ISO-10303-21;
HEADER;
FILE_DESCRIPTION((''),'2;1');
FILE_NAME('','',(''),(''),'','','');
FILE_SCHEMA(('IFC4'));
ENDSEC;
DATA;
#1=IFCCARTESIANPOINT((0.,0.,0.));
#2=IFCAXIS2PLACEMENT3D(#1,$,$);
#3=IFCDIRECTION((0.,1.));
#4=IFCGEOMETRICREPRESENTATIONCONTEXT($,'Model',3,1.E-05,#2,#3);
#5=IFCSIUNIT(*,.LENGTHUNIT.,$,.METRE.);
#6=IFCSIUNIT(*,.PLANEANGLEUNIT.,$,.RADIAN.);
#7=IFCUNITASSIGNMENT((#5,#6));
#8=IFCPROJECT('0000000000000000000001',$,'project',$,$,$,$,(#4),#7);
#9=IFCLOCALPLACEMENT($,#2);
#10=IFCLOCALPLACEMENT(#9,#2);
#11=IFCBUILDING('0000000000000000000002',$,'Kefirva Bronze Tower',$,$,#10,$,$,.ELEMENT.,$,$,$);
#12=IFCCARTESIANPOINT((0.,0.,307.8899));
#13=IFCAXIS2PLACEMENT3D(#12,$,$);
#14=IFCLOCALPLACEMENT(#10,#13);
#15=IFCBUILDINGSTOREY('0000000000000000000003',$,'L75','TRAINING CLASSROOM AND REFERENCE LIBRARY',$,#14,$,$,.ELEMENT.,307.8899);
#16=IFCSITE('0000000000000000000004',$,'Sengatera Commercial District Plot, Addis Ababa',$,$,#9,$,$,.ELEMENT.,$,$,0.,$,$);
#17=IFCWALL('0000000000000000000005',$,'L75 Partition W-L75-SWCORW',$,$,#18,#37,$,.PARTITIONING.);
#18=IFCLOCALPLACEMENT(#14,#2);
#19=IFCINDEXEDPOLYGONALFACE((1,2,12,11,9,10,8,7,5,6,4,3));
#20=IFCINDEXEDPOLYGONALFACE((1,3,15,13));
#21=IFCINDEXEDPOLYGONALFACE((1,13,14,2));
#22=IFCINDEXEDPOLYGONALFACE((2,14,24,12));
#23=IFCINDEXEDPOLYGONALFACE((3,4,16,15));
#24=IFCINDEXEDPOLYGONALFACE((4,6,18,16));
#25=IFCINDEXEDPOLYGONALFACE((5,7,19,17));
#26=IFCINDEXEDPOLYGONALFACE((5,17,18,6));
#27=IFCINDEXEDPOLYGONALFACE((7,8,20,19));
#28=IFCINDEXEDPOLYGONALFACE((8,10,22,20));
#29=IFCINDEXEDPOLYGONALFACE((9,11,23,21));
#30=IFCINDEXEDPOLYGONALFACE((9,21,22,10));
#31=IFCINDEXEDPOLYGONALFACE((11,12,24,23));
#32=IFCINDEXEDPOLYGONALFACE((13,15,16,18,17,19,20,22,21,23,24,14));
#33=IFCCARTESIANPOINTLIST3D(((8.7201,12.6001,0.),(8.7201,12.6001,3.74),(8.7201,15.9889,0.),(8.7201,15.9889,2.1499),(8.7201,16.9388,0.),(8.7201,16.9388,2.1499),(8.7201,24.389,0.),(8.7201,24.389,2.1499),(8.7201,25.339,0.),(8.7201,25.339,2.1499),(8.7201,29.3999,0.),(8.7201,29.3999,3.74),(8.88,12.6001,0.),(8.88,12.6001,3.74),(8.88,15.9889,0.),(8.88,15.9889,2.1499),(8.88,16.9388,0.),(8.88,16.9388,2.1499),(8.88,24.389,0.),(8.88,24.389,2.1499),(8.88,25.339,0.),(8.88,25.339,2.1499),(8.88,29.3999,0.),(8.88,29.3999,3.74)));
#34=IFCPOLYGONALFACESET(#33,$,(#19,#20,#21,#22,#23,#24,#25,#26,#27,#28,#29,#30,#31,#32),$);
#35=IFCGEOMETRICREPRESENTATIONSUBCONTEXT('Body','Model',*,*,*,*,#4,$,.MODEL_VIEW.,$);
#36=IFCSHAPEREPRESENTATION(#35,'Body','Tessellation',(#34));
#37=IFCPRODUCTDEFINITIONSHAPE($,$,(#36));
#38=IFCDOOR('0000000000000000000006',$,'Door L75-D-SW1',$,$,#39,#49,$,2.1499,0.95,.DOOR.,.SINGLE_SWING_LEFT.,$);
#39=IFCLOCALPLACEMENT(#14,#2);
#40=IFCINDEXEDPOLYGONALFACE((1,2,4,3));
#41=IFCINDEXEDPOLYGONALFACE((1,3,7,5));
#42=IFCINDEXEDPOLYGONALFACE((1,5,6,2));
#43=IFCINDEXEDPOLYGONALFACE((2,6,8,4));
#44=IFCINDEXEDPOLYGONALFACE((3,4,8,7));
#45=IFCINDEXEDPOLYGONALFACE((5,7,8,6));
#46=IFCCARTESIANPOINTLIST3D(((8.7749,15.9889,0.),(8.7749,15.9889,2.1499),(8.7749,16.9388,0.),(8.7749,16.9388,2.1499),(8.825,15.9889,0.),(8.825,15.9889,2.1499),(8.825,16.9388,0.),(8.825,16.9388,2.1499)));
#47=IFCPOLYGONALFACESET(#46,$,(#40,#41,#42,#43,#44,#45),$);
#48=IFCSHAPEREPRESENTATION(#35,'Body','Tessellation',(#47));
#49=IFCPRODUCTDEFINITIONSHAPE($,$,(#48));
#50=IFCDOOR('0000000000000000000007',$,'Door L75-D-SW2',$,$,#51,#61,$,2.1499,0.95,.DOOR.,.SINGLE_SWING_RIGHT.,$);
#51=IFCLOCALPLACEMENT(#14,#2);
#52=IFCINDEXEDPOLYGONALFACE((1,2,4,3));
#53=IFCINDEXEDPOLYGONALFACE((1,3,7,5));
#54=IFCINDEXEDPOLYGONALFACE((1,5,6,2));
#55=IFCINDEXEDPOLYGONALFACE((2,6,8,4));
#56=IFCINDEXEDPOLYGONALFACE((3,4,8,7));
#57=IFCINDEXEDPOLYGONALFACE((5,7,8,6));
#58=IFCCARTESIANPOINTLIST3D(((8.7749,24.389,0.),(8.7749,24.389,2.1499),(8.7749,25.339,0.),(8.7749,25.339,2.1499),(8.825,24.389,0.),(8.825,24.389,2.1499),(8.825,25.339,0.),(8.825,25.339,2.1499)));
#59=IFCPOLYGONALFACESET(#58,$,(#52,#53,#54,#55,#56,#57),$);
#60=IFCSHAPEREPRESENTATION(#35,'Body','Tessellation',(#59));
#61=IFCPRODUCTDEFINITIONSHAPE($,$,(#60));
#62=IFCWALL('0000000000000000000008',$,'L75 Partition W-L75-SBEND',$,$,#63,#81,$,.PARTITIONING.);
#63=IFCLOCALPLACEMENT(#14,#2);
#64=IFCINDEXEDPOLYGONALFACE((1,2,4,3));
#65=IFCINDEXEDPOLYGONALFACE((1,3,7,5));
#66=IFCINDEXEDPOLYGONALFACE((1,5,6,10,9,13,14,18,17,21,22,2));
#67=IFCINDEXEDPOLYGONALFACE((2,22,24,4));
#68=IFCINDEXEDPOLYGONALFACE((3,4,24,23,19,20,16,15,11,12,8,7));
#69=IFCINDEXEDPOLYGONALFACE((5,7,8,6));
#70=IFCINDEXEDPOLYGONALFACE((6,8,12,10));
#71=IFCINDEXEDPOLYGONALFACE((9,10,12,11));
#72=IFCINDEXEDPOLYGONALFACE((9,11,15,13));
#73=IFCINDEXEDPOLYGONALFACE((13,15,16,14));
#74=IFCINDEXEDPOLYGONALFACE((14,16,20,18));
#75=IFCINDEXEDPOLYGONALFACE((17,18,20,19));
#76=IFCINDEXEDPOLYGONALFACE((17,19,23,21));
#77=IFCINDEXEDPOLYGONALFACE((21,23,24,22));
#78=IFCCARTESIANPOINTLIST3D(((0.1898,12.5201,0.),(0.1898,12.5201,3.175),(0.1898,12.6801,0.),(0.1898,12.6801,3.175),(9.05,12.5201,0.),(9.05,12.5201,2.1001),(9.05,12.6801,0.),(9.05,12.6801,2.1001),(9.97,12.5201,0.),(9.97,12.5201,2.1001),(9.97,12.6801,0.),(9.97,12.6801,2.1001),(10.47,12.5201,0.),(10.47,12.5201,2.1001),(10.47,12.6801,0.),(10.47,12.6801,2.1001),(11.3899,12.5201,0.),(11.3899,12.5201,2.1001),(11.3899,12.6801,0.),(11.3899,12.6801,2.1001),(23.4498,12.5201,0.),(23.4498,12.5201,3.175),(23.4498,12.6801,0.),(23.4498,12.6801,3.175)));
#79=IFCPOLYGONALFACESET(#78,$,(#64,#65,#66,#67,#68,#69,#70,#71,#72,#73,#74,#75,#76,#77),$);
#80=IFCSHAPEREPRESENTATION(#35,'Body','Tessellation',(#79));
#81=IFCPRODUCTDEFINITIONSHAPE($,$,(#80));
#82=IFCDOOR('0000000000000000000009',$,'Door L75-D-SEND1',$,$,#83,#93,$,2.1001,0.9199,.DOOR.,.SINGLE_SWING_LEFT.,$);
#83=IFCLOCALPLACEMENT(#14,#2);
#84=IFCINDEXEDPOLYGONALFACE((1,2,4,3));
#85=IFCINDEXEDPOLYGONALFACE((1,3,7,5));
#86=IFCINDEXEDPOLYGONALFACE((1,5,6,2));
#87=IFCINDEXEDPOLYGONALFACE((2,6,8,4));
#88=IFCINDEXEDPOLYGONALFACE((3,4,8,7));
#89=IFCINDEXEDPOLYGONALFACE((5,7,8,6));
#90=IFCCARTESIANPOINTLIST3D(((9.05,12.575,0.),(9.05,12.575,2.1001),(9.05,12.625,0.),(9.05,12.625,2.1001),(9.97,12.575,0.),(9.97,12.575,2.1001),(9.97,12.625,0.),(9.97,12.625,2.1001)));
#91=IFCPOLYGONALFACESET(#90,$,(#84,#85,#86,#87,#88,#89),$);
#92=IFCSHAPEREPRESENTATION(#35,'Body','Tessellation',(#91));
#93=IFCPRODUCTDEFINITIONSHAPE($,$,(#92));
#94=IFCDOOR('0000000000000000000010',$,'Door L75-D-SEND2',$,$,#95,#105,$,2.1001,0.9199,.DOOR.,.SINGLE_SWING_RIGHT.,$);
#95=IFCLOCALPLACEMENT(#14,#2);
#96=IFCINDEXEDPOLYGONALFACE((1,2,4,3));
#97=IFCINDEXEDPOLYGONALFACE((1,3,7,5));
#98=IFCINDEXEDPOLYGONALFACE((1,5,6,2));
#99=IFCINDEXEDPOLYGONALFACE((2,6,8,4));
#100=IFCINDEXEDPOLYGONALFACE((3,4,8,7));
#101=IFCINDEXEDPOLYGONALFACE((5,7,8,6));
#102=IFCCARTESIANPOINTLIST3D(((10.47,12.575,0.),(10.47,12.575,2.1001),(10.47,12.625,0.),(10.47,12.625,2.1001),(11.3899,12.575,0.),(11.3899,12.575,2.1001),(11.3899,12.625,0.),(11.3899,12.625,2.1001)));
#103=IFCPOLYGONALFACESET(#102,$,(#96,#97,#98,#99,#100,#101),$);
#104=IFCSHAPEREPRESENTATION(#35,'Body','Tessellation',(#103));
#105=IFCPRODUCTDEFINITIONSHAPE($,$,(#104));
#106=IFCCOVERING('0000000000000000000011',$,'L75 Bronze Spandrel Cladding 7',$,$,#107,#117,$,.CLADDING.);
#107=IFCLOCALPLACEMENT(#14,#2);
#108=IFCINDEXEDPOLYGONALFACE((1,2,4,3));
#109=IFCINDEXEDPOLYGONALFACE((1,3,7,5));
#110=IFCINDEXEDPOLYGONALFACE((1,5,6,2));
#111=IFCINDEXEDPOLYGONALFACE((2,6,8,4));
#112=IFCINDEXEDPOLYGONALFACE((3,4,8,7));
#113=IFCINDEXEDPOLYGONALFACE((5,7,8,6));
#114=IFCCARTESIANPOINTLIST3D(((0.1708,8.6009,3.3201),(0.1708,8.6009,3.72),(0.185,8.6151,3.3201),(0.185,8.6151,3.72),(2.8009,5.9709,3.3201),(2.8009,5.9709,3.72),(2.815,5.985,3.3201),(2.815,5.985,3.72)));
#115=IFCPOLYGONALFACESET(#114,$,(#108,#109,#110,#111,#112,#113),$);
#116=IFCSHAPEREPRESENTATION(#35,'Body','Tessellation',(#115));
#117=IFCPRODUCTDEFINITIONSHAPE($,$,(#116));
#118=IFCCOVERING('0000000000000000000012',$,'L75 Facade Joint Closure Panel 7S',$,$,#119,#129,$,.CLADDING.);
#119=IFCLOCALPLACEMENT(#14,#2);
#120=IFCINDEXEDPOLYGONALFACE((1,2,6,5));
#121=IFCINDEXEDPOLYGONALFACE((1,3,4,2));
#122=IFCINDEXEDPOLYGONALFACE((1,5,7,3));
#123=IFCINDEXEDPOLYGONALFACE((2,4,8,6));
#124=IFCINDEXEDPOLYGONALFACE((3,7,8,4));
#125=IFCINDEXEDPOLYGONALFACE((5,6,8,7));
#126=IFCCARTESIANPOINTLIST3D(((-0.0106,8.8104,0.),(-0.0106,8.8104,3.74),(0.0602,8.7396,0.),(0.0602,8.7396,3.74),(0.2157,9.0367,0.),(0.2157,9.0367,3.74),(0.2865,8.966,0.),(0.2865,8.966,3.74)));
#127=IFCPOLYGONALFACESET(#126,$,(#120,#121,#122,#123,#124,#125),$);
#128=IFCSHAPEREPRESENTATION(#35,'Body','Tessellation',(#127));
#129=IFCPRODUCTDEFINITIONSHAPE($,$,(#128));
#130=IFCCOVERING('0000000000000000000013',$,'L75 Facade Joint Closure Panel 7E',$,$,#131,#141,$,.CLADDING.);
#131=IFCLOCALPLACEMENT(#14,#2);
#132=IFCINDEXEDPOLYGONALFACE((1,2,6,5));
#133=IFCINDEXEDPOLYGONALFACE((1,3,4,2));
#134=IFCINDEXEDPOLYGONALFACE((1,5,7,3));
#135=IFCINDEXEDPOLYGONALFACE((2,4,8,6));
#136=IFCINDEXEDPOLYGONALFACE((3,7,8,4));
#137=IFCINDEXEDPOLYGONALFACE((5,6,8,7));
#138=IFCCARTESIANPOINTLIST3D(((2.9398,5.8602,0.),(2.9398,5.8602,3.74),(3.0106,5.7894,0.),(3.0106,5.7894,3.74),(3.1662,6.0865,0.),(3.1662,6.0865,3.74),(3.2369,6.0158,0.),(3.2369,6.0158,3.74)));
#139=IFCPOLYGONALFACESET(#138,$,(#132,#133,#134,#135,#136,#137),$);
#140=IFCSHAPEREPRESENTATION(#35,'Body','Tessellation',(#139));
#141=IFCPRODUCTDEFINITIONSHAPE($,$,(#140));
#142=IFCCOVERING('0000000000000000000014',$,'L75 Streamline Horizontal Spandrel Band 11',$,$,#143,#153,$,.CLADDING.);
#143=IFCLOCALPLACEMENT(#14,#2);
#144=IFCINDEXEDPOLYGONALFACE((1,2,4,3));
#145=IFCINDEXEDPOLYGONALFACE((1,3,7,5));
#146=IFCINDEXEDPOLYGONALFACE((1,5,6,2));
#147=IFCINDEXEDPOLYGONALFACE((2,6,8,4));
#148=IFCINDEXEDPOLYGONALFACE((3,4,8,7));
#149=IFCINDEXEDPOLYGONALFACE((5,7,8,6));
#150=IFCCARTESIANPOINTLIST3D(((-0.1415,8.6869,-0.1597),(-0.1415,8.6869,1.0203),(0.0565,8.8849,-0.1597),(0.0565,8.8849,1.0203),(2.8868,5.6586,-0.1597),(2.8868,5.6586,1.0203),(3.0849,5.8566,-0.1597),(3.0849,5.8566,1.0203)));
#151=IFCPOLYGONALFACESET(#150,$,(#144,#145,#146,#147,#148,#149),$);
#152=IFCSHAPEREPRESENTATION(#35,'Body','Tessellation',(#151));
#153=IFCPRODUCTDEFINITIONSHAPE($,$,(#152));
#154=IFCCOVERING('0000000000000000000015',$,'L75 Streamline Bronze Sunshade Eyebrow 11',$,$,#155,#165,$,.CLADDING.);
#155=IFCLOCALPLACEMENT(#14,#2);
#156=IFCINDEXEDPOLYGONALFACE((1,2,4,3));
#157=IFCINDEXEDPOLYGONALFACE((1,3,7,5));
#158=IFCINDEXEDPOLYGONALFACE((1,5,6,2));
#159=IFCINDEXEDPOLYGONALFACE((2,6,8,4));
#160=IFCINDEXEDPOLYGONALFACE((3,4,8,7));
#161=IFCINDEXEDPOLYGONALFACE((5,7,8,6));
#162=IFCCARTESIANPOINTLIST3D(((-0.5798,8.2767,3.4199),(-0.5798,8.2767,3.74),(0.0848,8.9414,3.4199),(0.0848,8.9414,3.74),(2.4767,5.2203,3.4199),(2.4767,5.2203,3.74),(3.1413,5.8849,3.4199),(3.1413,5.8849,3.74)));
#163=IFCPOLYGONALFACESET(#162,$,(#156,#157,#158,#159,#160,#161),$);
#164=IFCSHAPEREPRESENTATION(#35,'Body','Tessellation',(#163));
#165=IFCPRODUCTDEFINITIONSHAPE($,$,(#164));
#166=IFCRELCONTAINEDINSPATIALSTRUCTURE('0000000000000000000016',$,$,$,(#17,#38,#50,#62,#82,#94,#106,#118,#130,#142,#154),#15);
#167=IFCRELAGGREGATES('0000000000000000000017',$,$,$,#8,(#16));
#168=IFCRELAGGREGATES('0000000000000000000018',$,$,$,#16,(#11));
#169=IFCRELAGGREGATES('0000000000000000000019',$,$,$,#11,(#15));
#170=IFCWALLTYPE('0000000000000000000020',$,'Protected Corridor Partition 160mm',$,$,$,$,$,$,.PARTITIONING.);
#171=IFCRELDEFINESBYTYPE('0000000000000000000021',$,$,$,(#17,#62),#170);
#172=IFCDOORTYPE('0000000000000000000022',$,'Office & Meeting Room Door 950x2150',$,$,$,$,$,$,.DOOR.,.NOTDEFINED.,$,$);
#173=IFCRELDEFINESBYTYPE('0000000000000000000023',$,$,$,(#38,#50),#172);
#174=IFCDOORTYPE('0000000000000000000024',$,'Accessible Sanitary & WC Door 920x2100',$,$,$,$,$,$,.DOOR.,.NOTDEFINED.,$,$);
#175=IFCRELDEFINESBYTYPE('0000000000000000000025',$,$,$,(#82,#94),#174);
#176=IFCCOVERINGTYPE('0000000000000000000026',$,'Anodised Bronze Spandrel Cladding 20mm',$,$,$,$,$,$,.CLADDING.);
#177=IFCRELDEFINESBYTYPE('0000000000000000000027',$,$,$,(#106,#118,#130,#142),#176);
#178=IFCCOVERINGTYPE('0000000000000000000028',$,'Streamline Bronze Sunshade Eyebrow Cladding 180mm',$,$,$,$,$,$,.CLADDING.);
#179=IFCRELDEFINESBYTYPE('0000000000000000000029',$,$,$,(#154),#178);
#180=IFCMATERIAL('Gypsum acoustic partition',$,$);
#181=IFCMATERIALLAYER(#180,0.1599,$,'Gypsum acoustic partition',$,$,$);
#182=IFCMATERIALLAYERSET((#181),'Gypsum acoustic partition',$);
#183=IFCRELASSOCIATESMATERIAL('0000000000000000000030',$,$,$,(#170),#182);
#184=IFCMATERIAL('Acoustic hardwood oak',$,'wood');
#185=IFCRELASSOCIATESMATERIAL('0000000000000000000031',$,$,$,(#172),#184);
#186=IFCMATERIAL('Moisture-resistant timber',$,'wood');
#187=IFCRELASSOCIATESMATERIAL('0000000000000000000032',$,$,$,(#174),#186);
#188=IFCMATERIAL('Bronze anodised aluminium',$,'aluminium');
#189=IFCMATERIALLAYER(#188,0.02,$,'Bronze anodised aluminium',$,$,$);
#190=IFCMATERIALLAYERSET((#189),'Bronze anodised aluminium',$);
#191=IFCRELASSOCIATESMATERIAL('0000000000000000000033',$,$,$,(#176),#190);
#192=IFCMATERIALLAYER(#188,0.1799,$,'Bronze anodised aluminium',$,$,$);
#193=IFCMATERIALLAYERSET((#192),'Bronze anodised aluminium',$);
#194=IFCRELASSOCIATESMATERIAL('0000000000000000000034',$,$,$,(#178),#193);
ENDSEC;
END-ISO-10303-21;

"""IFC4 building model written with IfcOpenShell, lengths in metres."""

from ifc_helpers import new_model, si_unit, direction, frame, frame_2d, origin, origin_2d, place, context, subcontext, project, spatial, rectangle, extrude, material, layer, layer_set, type_object, element, fill, save


model = new_model("IFC4")

# Units and contexts
model_context = context("Model", 3, precision=1e-05, world=origin(), true_north=direction((0.0, 1.0)))
body_context = subcontext(model_context, "Body", "Model", "MODEL_VIEW")
ifc_project = project(units=[si_unit("LENGTHUNIT", "METRE"), si_unit("PLANEANGLEUNIT", "RADIAN")], contexts=[model_context])

# Site, building, storey
site_placement = place(None, origin())
site = spatial("IfcSite", under=ifc_project, at=site_placement, Name="Sengatera Commercial District Plot, Addis Ababa", CompositionType="ELEMENT", RefElevation=0.0)
building_placement = place(site_placement, origin())
building = spatial("IfcBuilding", under=site, at=building_placement, Name="Kefirva Bronze Tower", CompositionType="ELEMENT")
storey_placement = place(building_placement, frame((0.0, 0.0, 307.8899)))
storey = spatial("IfcBuildingStorey", under=building, at=storey_placement, Name="L75", Description="TRAINING CLASSROOM AND REFERENCE LIBRARY", CompositionType="ELEMENT", Elevation=307.8899)

# Shared definitions
ifc_material_1 = material(Name="Bronze anodised aluminium", Category="aluminium")

# Shared definitions
ifc_material_2 = material(Name="Gypsum acoustic partition")

# Walls, openings, doors
ifc_layer_1 = layer(ifc_material_2, 0.1599, Name="Gypsum acoustic partition")
ifc_layer_set_1 = layer_set([ifc_layer_1], Name="Gypsum acoustic partition")
wall_type_1 = type_object("IfcWallType", Name="Protected Corridor Partition 160mm", PredefinedType="PARTITIONING", material=ifc_layer_set_1)
wall_1_placement = place(storey_placement, frame((8.8, 12.6001, 0.0), z_axis=(0.0, 0.0, 1.0), x_axis=(0.0, 1.0, 0.0)))
wall_1 = element("IfcWall", 1, at=wall_1_placement, inside=storey, type_object=wall_type_1, Name="L75 Partition W-L75-SWCORW", PredefinedType="PARTITIONING", context=body_context, shape_type="SweptSolid", body=[
    extrude(rectangle(XDim=16.7998, YDim=0.1599, at=frame_2d((8.3999, 0.0))), origin(), (0.0, 0.0, 1.0), 3.74),
])
opening_1_placement = place(wall_1_placement, frame((4.3389, 0.0, 0.0), z_axis=(0.0, 0.0, 1.0), x_axis=(-1.0, 0.0, 0.0)))
opening_1 = element("IfcOpeningElement", 2, at=opening_1_placement, cuts=wall_1, PredefinedType="OPENING", context=body_context, shape_type="SweptSolid", body=[
    extrude(rectangle(XDim=0.95, YDim=2.1499, at=frame_2d((0.4751, 1.075))), frame((0.0, 0.0898, 0.0), z_axis=(0.0, -1.0, 0.0), x_axis=(1.0, 0.0, 0.0)), (0.0, 0.0, 1.0), 0.1799),
])
opening_2_placement = place(wall_1_placement, frame((12.739, 0.0, 0.0), z_axis=(0.0, 0.0, 1.0), x_axis=(-1.0, 0.0, 0.0)))
opening_2 = element("IfcOpeningElement", 3, at=opening_2_placement, cuts=wall_1, PredefinedType="OPENING", context=body_context, shape_type="SweptSolid", body=[
    extrude(rectangle(XDim=0.95, YDim=2.1499, at=frame_2d((0.4751, 1.075))), frame((0.0, 0.0898, 0.0), z_axis=(0.0, -1.0, 0.0), x_axis=(1.0, 0.0, 0.0)), (0.0, 0.0, 1.0), 0.1799),
])
ifc_material_3 = material(Name="Acoustic hardwood oak", Category="wood")
door_type_1 = type_object("IfcDoorType", Name="Office & Meeting Room Door 950x2150", OperationType="NOTDEFINED", PredefinedType="DOOR", material=ifc_material_3)
door_1_placement = place(opening_1_placement, origin())
door_1 = element("IfcDoor", 4, at=door_1_placement, inside=storey, type_object=door_type_1, Name="Door L75-D-SW1", OperationType="SINGLE_SWING_LEFT", OverallHeight=2.1499, OverallWidth=0.95, PredefinedType="DOOR", context=body_context, shape_type="SweptSolid", body=[
    extrude(rectangle(XDim=0.95, YDim=2.1499, at=frame_2d((0.4751, 1.075))), frame((0.0, 0.0249, 0.0), z_axis=(0.0, -1.0, 0.0), x_axis=(1.0, 0.0, 0.0)), (0.0, 0.0, 1.0), 0.05),
])
fill(opening_1, door_1)
door_2_placement = place(opening_2_placement, origin())
door_2 = element("IfcDoor", 5, at=door_2_placement, inside=storey, type_object=door_type_1, Name="Door L75-D-SW2", OperationType="SINGLE_SWING_RIGHT", OverallHeight=2.1499, OverallWidth=0.95, PredefinedType="DOOR", context=body_context, shape_type="SweptSolid", body=[
    extrude(rectangle(XDim=0.95, YDim=2.1499, at=frame_2d((0.4751, 1.075))), frame((0.0, 0.0249, 0.0), z_axis=(0.0, -1.0, 0.0), x_axis=(1.0, 0.0, 0.0)), (0.0, 0.0, 1.0), 0.05),
])
fill(opening_2, door_2)
wall_2_placement = place(storey_placement, frame((0.1899, 12.6001, 0.0), z_axis=(0.0, 0.0, 1.0), x_axis=(1.0, 0.0, 0.0)))
wall_2 = element("IfcWall", 6, at=wall_2_placement, inside=storey, type_object=wall_type_1, Name="L75 Partition W-L75-SBEND", PredefinedType="PARTITIONING", context=body_context, shape_type="SweptSolid", body=[
    extrude(rectangle(XDim=23.26, YDim=0.1599, at=frame_2d((11.6299, 0.0))), origin(), (0.0, 0.0, 1.0), 3.175),
])
opening_3_placement = place(wall_2_placement, frame((8.8601, 0.0, 0.0)))
opening_3 = element("IfcOpeningElement", 7, at=opening_3_placement, cuts=wall_2, PredefinedType="OPENING", context=body_context, shape_type="SweptSolid", body=[
    extrude(rectangle(XDim=0.9199, YDim=2.1001, at=frame_2d((0.46, 1.05))), frame((0.0, 0.0898, 0.0), z_axis=(0.0, -1.0, 0.0), x_axis=(1.0, 0.0, 0.0)), (0.0, 0.0, 1.0), 0.1799),
])
opening_4_placement = place(wall_2_placement, frame((10.28, 0.0, 0.0)))
opening_4 = element("IfcOpeningElement", 8, at=opening_4_placement, cuts=wall_2, PredefinedType="OPENING", context=body_context, shape_type="SweptSolid", body=[
    extrude(rectangle(XDim=0.9199, YDim=2.1001, at=frame_2d((0.46, 1.05))), frame((0.0, 0.0898, 0.0), z_axis=(0.0, -1.0, 0.0), x_axis=(1.0, 0.0, 0.0)), (0.0, 0.0, 1.0), 0.1799),
])
ifc_material_4 = material(Name="Moisture-resistant timber", Category="wood")
door_type_2 = type_object("IfcDoorType", Name="Accessible Sanitary & WC Door 920x2100", OperationType="NOTDEFINED", PredefinedType="DOOR", material=ifc_material_4)
door_3_placement = place(opening_3_placement, origin())
door_3 = element("IfcDoor", 9, at=door_3_placement, inside=storey, type_object=door_type_2, Name="Door L75-D-SEND1", OperationType="SINGLE_SWING_LEFT", OverallHeight=2.1001, OverallWidth=0.9199, PredefinedType="DOOR", context=body_context, shape_type="SweptSolid", body=[
    extrude(rectangle(XDim=0.9199, YDim=2.1001, at=frame_2d((0.46, 1.05))), frame((0.0, 0.0249, 0.0), z_axis=(0.0, -1.0, 0.0), x_axis=(1.0, 0.0, 0.0)), (0.0, 0.0, 1.0), 0.05),
])
fill(opening_3, door_3)
door_4_placement = place(opening_4_placement, origin())
door_4 = element("IfcDoor", 10, at=door_4_placement, inside=storey, type_object=door_type_2, Name="Door L75-D-SEND2", OperationType="SINGLE_SWING_RIGHT", OverallHeight=2.1001, OverallWidth=0.9199, PredefinedType="DOOR", context=body_context, shape_type="SweptSolid", body=[
    extrude(rectangle(XDim=0.9199, YDim=2.1001, at=frame_2d((0.46, 1.05))), frame((0.0, 0.0249, 0.0), z_axis=(0.0, -1.0, 0.0), x_axis=(1.0, 0.0, 0.0)), (0.0, 0.0, 1.0), 0.05),
])
fill(opening_4, door_4)

# Coverings
ifc_layer_2 = layer(ifc_material_1, 0.02, Name="Bronze anodised aluminium")
ifc_layer_set_2 = layer_set([ifc_layer_2], Name="Bronze anodised aluminium")
covering_type_1 = type_object("IfcCoveringType", Name="Anodised Bronze Spandrel Cladding 20mm", PredefinedType="CLADDING", material=ifc_layer_set_2)
covering_1_placement = place(storey_placement, frame((1.4929, 7.293, 3.3201), z_axis=(0.0, 0.0, 1.0), x_axis=(0.707107, -0.707107, 0.0)))
element("IfcCovering", 11, at=covering_1_placement, inside=storey, type_object=covering_type_1, Name="L75 Bronze Spandrel Cladding 7", PredefinedType="CLADDING", context=body_context, shape_type="SweptSolid", body=[
    extrude(rectangle(XDim=3.7195, YDim=0.02, at=origin_2d()), origin(), (0.0, 0.0, 1.0), 0.3999),
])
for number, where, z_axis, x_axis, name in (
    (12, (0.1379, 8.8882, 0.0), (0.0, 0.0, 1.0), (0.707107, -0.707107, 0.0), "L75 Facade Joint Closure Panel 7S"),
    (13, (3.0884, 5.938, 0.0), (0.0, 0.0, 1.0), (0.707107, -0.707107, 0.0), "L75 Facade Joint Closure Panel 7E"),
):
    element("IfcCovering", number, at=place(storey_placement, frame(where, z_axis=z_axis, x_axis=x_axis)), inside=storey, type_object=covering_type_1, Name=name, PredefinedType="CLADDING", context=body_context, shape_type="SweptSolid", body=[
        extrude(rectangle(XDim=0.1001, YDim=0.3201, at=origin_2d()), origin(), (0.0, 0.0, 1.0), 3.74),
    ])
covering_2_placement = place(storey_placement, frame((1.4717, 7.2717, -0.1597), z_axis=(0.0, 0.0, 1.0), x_axis=(0.707107, -0.707107, 0.0)))
element("IfcCovering", 14, at=covering_2_placement, inside=storey, type_object=covering_type_1, Name="L75 Streamline Horizontal Spandrel Band 11", PredefinedType="CLADDING", context=body_context, shape_type="SweptSolid", body=[
    extrude(rectangle(XDim=4.2827, YDim=0.28, at=origin_2d()), origin(), (0.0, 0.0, 1.0), 1.1799),
])
ifc_layer_3 = layer(ifc_material_1, 0.1799, Name="Bronze anodised aluminium")
ifc_layer_set_3 = layer_set([ifc_layer_3], Name="Bronze anodised aluminium")
covering_type_2 = type_object("IfcCoveringType", Name="Streamline Bronze Sunshade Eyebrow Cladding 180mm", PredefinedType="CLADDING", material=ifc_layer_set_3)
covering_3_placement = place(storey_placement, frame((1.2808, 7.0808, 3.4199), z_axis=(0.0, 0.0, 1.0), x_axis=(0.707107, -0.707107, 0.0)))
element("IfcCovering", 15, at=covering_3_placement, inside=storey, type_object=covering_type_2, Name="L75 Streamline Bronze Sunshade Eyebrow 11", PredefinedType="CLADDING", context=body_context, shape_type="SweptSolid", body=[
    extrude(rectangle(XDim=4.3225, YDim=0.9399, at=origin_2d()), origin(), (0.0, 0.0, 1.0), 0.3201),
])

save(model, "model.ifc")
